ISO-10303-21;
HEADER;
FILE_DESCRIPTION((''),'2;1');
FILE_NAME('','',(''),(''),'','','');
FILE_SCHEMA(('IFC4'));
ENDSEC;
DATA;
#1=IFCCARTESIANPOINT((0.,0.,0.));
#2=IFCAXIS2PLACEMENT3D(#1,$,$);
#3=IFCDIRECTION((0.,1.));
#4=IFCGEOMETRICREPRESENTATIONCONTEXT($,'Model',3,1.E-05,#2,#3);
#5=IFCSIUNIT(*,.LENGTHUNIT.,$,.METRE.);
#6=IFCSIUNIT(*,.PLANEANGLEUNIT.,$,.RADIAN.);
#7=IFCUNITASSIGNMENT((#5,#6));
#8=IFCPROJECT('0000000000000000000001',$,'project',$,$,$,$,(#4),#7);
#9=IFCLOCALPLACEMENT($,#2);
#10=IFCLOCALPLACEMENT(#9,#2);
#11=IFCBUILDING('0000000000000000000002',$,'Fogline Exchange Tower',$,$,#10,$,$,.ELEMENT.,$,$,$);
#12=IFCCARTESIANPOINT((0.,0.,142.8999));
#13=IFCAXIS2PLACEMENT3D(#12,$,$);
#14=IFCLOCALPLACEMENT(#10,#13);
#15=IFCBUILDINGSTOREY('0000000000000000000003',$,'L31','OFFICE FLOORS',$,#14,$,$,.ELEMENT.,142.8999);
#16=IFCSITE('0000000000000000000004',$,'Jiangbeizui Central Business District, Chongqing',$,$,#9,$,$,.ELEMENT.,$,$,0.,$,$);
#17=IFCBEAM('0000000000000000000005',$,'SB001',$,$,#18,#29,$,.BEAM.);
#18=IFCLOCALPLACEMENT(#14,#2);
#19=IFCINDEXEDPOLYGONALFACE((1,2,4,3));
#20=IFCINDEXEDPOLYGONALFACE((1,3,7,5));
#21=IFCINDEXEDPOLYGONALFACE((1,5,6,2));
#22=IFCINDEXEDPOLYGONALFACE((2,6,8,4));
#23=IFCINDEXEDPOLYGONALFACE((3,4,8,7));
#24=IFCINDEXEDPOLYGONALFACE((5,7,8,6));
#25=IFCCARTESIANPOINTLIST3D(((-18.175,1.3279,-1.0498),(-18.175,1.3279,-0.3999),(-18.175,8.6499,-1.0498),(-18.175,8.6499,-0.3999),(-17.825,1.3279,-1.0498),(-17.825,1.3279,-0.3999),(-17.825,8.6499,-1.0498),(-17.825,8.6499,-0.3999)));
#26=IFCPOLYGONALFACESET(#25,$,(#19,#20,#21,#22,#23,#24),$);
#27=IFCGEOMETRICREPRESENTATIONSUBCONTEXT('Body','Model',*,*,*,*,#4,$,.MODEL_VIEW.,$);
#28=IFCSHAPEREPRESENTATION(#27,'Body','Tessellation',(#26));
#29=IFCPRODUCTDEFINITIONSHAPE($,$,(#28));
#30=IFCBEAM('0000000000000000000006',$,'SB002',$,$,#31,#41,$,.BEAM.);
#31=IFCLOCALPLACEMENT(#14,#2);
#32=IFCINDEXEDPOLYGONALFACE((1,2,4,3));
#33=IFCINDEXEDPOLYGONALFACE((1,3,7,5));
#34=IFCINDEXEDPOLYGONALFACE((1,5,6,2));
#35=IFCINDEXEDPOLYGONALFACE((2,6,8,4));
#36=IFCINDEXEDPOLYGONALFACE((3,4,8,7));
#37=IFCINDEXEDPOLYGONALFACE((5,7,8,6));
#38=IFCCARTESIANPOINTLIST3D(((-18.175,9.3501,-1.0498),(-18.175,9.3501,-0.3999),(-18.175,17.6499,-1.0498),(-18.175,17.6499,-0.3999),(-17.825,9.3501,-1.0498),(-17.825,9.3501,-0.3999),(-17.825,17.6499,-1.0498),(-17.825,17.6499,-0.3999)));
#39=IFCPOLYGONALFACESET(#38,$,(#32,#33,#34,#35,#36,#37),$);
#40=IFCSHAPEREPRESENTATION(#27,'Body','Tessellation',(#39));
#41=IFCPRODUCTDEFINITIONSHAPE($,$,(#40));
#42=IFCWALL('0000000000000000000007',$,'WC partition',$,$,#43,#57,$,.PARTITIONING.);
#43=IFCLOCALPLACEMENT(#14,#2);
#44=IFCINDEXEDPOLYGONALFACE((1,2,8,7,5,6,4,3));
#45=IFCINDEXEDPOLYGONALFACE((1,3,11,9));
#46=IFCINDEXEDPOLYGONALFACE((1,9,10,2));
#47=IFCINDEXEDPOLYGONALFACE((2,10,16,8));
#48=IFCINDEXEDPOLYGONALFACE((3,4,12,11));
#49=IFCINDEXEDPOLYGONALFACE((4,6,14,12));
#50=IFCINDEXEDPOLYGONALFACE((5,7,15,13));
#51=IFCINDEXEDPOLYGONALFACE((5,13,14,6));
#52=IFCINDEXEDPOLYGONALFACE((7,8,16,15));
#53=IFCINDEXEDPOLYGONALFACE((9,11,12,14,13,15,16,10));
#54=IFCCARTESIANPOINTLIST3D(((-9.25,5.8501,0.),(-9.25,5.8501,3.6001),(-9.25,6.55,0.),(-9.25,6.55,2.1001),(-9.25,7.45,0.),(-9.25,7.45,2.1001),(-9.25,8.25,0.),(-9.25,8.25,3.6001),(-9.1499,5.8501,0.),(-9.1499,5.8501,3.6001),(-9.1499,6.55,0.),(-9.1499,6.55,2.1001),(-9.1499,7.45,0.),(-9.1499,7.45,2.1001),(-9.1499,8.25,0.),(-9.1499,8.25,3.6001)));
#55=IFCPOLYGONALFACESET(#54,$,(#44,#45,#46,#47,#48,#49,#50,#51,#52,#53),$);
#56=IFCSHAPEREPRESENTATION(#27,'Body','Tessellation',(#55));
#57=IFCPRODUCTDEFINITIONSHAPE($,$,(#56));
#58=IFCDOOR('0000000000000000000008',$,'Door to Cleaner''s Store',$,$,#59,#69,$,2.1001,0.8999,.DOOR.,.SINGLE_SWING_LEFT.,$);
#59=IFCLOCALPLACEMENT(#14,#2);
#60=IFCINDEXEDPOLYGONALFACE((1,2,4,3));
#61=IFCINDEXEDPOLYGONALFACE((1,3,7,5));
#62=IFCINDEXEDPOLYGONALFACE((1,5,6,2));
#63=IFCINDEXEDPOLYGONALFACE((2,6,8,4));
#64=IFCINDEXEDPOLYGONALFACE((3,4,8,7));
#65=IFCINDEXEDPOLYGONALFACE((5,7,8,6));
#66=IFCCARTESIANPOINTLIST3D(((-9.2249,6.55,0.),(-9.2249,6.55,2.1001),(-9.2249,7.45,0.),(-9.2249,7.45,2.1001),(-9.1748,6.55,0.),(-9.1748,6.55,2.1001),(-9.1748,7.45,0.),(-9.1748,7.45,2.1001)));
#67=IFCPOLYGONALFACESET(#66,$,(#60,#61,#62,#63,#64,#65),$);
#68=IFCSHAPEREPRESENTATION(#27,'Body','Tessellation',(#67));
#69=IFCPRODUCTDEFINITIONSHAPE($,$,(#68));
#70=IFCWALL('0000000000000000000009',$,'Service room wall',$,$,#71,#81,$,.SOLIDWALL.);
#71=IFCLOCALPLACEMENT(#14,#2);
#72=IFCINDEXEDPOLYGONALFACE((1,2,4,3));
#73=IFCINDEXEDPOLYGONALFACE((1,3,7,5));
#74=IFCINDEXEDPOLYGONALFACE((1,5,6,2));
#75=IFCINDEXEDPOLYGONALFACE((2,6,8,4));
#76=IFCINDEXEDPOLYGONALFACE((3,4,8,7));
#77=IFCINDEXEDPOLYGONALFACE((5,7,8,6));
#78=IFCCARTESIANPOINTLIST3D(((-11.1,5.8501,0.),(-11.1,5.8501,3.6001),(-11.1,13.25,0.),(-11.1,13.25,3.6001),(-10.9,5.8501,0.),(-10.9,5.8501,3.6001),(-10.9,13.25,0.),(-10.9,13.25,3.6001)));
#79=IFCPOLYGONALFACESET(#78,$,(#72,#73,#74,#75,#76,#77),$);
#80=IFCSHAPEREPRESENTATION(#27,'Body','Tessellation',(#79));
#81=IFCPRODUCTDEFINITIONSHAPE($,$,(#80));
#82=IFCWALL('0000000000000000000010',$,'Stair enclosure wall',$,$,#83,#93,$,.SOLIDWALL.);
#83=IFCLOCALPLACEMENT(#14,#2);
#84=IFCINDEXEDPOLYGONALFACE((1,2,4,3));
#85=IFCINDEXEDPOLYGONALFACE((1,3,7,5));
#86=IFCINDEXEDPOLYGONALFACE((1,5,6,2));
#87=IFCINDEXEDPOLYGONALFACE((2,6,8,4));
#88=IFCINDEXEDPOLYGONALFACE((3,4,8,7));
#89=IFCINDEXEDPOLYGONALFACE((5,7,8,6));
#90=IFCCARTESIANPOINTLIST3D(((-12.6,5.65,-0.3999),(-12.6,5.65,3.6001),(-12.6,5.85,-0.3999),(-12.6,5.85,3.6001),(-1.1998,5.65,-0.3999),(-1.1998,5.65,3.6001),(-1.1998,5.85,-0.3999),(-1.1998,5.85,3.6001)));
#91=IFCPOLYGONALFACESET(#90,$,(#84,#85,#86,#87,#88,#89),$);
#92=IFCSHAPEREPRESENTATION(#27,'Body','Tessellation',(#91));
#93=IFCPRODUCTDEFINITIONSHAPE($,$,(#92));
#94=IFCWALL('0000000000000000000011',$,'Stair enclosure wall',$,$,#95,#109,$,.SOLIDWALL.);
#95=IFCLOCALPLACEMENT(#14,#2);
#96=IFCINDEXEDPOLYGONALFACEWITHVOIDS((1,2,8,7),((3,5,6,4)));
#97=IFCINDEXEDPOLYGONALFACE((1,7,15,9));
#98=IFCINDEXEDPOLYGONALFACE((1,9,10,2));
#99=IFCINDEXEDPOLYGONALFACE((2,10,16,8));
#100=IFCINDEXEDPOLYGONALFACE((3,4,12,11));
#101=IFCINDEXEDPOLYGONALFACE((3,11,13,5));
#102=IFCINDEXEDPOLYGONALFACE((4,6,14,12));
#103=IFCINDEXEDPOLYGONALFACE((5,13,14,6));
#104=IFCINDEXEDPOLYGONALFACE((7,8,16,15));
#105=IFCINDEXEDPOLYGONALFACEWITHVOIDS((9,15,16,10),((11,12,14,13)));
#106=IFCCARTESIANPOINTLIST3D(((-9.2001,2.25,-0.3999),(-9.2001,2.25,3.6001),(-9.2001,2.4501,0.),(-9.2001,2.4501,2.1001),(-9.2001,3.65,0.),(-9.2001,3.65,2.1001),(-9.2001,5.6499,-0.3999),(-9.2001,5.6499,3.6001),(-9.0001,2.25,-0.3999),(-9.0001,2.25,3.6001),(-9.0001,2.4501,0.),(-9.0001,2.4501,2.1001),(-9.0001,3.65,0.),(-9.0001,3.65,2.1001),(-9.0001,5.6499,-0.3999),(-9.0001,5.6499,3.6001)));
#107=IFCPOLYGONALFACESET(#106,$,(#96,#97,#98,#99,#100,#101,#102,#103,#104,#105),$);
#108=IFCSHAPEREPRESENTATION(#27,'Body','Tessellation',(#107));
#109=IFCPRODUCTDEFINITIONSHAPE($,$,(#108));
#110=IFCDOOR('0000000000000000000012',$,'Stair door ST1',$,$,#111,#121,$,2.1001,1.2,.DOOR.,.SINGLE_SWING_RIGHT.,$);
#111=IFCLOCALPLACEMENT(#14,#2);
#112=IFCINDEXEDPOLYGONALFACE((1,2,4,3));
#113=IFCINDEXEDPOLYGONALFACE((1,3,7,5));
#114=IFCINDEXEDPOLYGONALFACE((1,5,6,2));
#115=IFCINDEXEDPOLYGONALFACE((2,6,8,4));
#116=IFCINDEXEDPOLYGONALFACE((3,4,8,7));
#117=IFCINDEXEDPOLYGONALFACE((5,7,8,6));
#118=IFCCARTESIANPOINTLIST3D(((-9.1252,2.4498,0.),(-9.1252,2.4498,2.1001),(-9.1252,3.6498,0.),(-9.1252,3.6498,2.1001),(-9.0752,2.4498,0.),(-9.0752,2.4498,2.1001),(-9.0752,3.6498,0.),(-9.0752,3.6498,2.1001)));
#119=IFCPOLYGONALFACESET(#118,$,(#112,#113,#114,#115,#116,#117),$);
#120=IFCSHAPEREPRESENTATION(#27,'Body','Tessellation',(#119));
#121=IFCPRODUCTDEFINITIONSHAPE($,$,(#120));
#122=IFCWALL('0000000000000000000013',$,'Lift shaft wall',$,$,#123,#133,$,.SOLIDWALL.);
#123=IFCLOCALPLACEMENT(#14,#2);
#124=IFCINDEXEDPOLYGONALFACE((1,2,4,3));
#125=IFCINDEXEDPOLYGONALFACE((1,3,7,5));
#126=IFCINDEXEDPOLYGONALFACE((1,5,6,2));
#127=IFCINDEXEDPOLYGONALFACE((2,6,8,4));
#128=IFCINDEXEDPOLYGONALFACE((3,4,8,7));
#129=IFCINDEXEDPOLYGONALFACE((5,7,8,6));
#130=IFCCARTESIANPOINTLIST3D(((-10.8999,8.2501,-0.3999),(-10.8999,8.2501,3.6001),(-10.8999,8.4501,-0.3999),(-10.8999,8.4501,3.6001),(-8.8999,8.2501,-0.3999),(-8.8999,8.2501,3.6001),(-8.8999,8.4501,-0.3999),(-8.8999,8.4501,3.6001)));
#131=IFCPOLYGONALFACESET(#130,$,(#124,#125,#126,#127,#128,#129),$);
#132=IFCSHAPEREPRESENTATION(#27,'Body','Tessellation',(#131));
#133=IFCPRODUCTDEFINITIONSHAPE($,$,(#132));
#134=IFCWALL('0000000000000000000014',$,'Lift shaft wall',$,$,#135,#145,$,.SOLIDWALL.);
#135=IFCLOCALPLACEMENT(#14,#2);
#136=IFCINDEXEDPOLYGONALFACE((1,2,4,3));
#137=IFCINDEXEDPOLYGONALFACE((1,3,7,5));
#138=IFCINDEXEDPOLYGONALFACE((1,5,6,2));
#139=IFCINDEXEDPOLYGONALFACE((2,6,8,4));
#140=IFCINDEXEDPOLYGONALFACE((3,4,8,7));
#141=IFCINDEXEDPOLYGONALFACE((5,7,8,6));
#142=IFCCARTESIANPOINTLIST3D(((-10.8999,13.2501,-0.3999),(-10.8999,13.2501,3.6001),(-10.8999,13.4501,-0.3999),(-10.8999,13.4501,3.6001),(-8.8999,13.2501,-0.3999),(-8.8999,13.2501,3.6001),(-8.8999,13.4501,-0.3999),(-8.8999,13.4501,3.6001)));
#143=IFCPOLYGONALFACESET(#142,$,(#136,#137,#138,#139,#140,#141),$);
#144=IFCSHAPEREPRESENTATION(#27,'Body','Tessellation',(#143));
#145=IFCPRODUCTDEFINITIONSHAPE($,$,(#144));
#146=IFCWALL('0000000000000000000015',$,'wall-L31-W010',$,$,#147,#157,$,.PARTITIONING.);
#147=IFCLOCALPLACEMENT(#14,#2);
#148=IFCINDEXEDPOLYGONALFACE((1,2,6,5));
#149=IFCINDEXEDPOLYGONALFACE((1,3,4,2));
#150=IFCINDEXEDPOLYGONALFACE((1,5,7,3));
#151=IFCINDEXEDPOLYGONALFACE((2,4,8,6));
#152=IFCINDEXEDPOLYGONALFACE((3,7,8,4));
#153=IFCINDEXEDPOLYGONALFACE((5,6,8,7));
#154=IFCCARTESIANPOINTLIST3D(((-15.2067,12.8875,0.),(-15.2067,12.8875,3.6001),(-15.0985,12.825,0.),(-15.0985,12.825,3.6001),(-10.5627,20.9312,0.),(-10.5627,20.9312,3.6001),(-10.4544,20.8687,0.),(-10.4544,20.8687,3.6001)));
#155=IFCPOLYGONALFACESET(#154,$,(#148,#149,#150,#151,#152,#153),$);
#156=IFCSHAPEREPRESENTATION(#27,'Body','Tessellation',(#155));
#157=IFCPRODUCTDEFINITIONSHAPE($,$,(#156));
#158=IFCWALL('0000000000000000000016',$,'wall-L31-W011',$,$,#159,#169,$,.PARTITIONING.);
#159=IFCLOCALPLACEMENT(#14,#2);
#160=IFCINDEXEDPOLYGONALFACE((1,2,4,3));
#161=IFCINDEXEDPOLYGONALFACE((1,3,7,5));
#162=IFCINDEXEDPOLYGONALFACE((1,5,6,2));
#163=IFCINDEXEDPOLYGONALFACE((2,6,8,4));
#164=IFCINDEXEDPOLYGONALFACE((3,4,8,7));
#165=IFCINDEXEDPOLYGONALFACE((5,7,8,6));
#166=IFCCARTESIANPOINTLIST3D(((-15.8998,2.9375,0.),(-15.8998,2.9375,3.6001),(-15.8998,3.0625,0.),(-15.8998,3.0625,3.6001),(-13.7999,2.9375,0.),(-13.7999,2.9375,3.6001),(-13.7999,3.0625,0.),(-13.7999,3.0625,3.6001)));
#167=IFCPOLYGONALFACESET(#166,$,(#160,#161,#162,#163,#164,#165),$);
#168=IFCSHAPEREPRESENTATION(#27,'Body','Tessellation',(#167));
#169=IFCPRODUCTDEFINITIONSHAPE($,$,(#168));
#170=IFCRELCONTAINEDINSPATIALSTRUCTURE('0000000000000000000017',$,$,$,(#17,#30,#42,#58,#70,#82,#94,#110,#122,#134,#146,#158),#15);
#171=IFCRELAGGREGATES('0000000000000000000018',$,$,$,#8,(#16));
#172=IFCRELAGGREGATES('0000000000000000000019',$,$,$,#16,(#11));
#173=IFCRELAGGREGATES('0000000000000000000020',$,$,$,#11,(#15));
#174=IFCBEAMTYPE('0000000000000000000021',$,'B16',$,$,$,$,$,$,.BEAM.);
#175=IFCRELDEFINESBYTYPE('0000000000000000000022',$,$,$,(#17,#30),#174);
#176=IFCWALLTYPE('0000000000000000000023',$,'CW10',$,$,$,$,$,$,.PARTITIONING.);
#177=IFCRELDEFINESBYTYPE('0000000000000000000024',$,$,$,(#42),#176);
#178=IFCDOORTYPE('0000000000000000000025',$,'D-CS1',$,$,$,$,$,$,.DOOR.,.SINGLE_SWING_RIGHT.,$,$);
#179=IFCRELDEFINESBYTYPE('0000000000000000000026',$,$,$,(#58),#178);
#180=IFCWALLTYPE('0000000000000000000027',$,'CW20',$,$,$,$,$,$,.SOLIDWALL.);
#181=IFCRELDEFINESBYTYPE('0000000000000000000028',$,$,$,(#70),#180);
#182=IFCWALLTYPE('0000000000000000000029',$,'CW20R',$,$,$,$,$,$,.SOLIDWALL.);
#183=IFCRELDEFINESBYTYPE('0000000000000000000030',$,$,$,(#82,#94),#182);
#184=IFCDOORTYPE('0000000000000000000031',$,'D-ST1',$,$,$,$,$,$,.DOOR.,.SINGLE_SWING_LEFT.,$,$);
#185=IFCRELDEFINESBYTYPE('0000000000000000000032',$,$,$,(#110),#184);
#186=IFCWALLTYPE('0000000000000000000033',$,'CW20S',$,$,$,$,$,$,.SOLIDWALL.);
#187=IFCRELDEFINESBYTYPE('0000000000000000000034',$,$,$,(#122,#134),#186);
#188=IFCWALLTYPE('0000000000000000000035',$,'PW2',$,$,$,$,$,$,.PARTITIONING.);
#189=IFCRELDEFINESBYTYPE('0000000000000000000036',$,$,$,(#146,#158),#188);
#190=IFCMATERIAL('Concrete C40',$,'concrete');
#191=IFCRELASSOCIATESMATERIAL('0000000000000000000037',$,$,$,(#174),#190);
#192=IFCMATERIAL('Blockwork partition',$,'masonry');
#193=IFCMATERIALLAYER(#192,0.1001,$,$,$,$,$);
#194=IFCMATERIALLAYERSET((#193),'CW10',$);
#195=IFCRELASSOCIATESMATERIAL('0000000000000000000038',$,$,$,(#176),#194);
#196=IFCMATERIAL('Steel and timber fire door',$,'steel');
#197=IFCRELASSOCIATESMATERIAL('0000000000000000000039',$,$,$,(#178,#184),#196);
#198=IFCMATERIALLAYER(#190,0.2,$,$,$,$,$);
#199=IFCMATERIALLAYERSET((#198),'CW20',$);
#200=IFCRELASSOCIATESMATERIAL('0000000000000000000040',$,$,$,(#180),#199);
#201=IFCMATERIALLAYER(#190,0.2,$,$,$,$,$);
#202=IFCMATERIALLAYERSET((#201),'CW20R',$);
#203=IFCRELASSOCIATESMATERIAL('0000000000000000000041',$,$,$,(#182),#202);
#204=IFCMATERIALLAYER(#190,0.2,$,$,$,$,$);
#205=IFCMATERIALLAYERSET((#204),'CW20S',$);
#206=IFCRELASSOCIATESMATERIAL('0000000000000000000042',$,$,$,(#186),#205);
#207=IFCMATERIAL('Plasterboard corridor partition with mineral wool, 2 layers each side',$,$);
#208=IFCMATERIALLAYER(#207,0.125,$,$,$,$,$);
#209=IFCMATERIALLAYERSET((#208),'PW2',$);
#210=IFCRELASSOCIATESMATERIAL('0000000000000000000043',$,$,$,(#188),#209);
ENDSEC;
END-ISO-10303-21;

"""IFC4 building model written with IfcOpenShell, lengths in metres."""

from ifc_helpers import new_model, si_unit, direction, frame, frame_2d, origin, origin_2d, place, context, subcontext, project, spatial, rectangle, extrude, material, layer, layer_set, material_profile, profile_set, type_object, element, fill, save


model = new_model("IFC4")

# Units and contexts
model_context = context("Model", 3, precision=1e-05, world=origin(), true_north=direction((0.0, 1.0)))
body_context = subcontext(model_context, "Body", "Model", "MODEL_VIEW")
ifc_project = project(units=[si_unit("LENGTHUNIT", "METRE"), si_unit("PLANEANGLEUNIT", "RADIAN")], contexts=[model_context])

# Site, building, storey
site_placement = place(None, origin())
site = spatial("IfcSite", under=ifc_project, at=site_placement, Name="Jiangbeizui Central Business District, Chongqing", CompositionType="ELEMENT", RefElevation=0.0)
building_placement = place(site_placement, origin())
building = spatial("IfcBuilding", under=site, at=building_placement, Name="Fogline Exchange Tower", CompositionType="ELEMENT")
storey_placement = place(building_placement, frame((0.0, 0.0, 142.8999)))
storey = spatial("IfcBuildingStorey", under=building, at=storey_placement, Name="L31", Description="OFFICE FLOORS", CompositionType="ELEMENT", Elevation=142.8999)

# Beams
ifc_material_1 = material(Name="Concrete C40", Category="concrete")
ifc_material_profile = material_profile(ifc_material_1, rectangle(XDim=0.3501, YDim=0.6499, at=origin_2d()), Name="RC 350x650")
ifc_profile_set = profile_set([ifc_material_profile], Name="Concrete C40")
beam_type = type_object("IfcBeamType", Name="B16", PredefinedType="BEAM", material=ifc_profile_set)
beam_1_placement = place(storey_placement, frame((-18.0, 1.3279, -0.7249), z_axis=(0.0, 1.0, 0.0), x_axis=(-1.0, 0.0, 0.0)))
element("IfcBeam", 1, at=beam_1_placement, inside=storey, type_object=beam_type, Name="SB001", PredefinedType="BEAM", context=body_context, shape_type="SweptSolid", body=[
    extrude(rectangle(XDim=0.3501, YDim=0.6499, at=origin_2d()), origin(), (0.0, 0.0, 1.0), 7.322),
])
beam_2_placement = place(storey_placement, frame((-18.0, 9.3501, -0.7249), z_axis=(0.0, 1.0, 0.0), x_axis=(-1.0, 0.0, 0.0)))
element("IfcBeam", 2, at=beam_2_placement, inside=storey, type_object=beam_type, Name="SB002", PredefinedType="BEAM", context=body_context, shape_type="SweptSolid", body=[
    extrude(rectangle(XDim=0.3501, YDim=0.6499, at=origin_2d()), origin(), (0.0, 0.0, 1.0), 8.2998),
])

# Wall, opening, door
ifc_material_2 = material(Name="Blockwork partition", Category="masonry")
ifc_layer_1 = layer(ifc_material_2, 0.1001)
ifc_layer_set_1 = layer_set([ifc_layer_1], Name="CW10")
wall_type_1 = type_object("IfcWallType", Name="CW10", PredefinedType="PARTITIONING", material=ifc_layer_set_1)
wall_1_placement = place(storey_placement, frame((-9.2, 5.8501, 0.0), z_axis=(0.0, 0.0, 1.0), x_axis=(0.0, 1.0, 0.0)))
wall_1 = element("IfcWall", 3, at=wall_1_placement, inside=storey, type_object=wall_type_1, Name="WC partition", PredefinedType="PARTITIONING", context=body_context, shape_type="SweptSolid", body=[
    extrude(rectangle(XDim=2.3999, YDim=0.1001, at=frame_2d((1.2, 0.0))), origin(), (0.0, 0.0, 1.0), 3.6001),
])
opening_1_placement = place(wall_1_placement, frame((0.7, 0.0, 0.0)))
opening_1 = element("IfcOpeningElement", 4, at=opening_1_placement, cuts=wall_1, PredefinedType="OPENING", context=body_context, shape_type="SweptSolid", body=[
    extrude(rectangle(XDim=0.8999, YDim=2.1001, at=frame_2d((0.45, 1.05))), frame((0.0, 0.0601, 0.0), z_axis=(0.0, -1.0, 0.0), x_axis=(1.0, 0.0, 0.0)), (0.0, 0.0, 1.0), 0.1201),
])
ifc_material_3 = material(Name="Steel and timber fire door", Category="steel")
door_type_1 = type_object("IfcDoorType", Name="D-CS1", OperationType="SINGLE_SWING_RIGHT", PredefinedType="DOOR", material=ifc_material_3)
door_1_placement = place(opening_1_placement, origin())
door_1 = element("IfcDoor", 5, at=door_1_placement, inside=storey, type_object=door_type_1, Name="Door to Cleaner's Store", OperationType="SINGLE_SWING_LEFT", OverallHeight=2.1001, OverallWidth=0.8999, PredefinedType="DOOR", context=body_context, shape_type="SweptSolid", body=[
    extrude(rectangle(XDim=0.8999, YDim=2.1001, at=frame_2d((0.45, 1.05))), frame((0.0, 0.0249, 0.0), z_axis=(0.0, -1.0, 0.0), x_axis=(1.0, 0.0, 0.0)), (0.0, 0.0, 1.0), 0.05),
])
fill(opening_1, door_1)

# Walls
ifc_layer_2 = layer(ifc_material_1, 0.2)
ifc_layer_set_2 = layer_set([ifc_layer_2], Name="CW20")
wall_type_2 = type_object("IfcWallType", Name="CW20", PredefinedType="SOLIDWALL", material=ifc_layer_set_2)
wall_2_placement = place(storey_placement, frame((-11.0, 5.8501, 0.0), z_axis=(0.0, 0.0, 1.0), x_axis=(0.0, 1.0, 0.0)))
element("IfcWall", 6, at=wall_2_placement, inside=storey, type_object=wall_type_2, Name="Service room wall", PredefinedType="SOLIDWALL", context=body_context, shape_type="SweptSolid", body=[
    extrude(rectangle(XDim=7.3999, YDim=0.2, at=frame_2d((3.7, 0.0))), origin(), (0.0, 0.0, 1.0), 3.6001),
])
ifc_layer_3 = layer(ifc_material_1, 0.2)
ifc_layer_set_3 = layer_set([ifc_layer_3], Name="CW20R")
wall_type_3 = type_object("IfcWallType", Name="CW20R", PredefinedType="SOLIDWALL", material=ifc_layer_set_3)
wall_3_placement = place(storey_placement, frame((-12.6001, 5.75, -0.3999), z_axis=(0.0, 0.0, 1.0), x_axis=(1.0, 0.0, 0.0)))
element("IfcWall", 7, at=wall_3_placement, inside=storey, type_object=wall_type_3, Name="Stair enclosure wall", PredefinedType="SOLIDWALL", context=body_context, shape_type="SweptSolid", body=[
    extrude(rectangle(XDim=11.4001, YDim=0.2, at=frame_2d((5.7002, 0.0))), origin(), (0.0, 0.0, 1.0), 4.0),
])

# Wall, opening, door
wall_4_placement = place(storey_placement, frame((-9.1001, 2.25, -0.3999), z_axis=(0.0, 0.0, 1.0), x_axis=(0.0, 1.0, 0.0)))
wall_4 = element("IfcWall", 8, at=wall_4_placement, inside=storey, type_object=wall_type_3, Name="Stair enclosure wall", PredefinedType="SOLIDWALL", context=body_context, shape_type="SweptSolid", body=[
    extrude(rectangle(XDim=3.3999, YDim=0.2, at=frame_2d((1.7, 0.0))), origin(), (0.0, 0.0, 1.0), 4.0),
])
opening_2_placement = place(wall_4_placement, frame((0.2, 0.0, 0.3999)))
opening_2 = element("IfcOpeningElement", 9, at=opening_2_placement, cuts=wall_4, PredefinedType="OPENING", context=body_context, shape_type="SweptSolid", body=[
    extrude(rectangle(XDim=1.2, YDim=2.1001, at=frame_2d((0.6001, 1.05))), frame((0.0, 0.1099, 0.0), z_axis=(0.0, -1.0, 0.0), x_axis=(1.0, 0.0, 0.0)), (0.0, 0.0, 1.0), 0.22),
])
door_type_2 = type_object("IfcDoorType", Name="D-ST1", OperationType="SINGLE_SWING_LEFT", PredefinedType="DOOR", material=ifc_material_3)
door_2_placement = place(opening_2_placement, frame((1.2, 0.0, 0.0), z_axis=(0.0, 0.0, 1.0), x_axis=(-1.0, 0.0, 0.0)))
door_2 = element("IfcDoor", 10, at=door_2_placement, inside=storey, type_object=door_type_2, Name="Stair door ST1", OperationType="SINGLE_SWING_RIGHT", OverallHeight=2.1001, OverallWidth=1.2, PredefinedType="DOOR", context=body_context, shape_type="SweptSolid", body=[
    extrude(rectangle(XDim=1.2, YDim=2.1001, at=frame_2d((0.6001, 1.05))), frame((0.0, 0.0249, 0.0), z_axis=(0.0, -1.0, 0.0), x_axis=(1.0, 0.0, 0.0)), (0.0, 0.0, 1.0), 0.05),
])
fill(opening_2, door_2)

# Walls
ifc_layer_4 = layer(ifc_material_1, 0.2)
ifc_layer_set_4 = layer_set([ifc_layer_4], Name="CW20S")
wall_type_4 = type_object("IfcWallType", Name="CW20S", PredefinedType="SOLIDWALL", material=ifc_layer_set_4)
for number, where, z_axis, x_axis, name in (
    (11, (-10.8999, 8.3501, -0.3999), (0.0, 0.0, 1.0), (1.0, 0.0, 0.0), "Lift shaft wall"),
    (12, (-10.8999, 13.3501, -0.3999), (0.0, 0.0, 1.0), (1.0, 0.0, 0.0), "Lift shaft wall"),
):
    element("IfcWall", number, at=place(storey_placement, frame(where, z_axis=z_axis, x_axis=x_axis)), inside=storey, type_object=wall_type_4, Name=name, PredefinedType="SOLIDWALL", context=body_context, shape_type="SweptSolid", body=[
        extrude(rectangle(XDim=2.0, YDim=0.2, at=frame_2d((1.0, 0.0))), origin(), (0.0, 0.0, 1.0), 4.0),
    ])
ifc_material_4 = material(Name="Plasterboard corridor partition with mineral wool, 2 layers each side")
ifc_layer_5 = layer(ifc_material_4, 0.125)
ifc_layer_set_5 = layer_set([ifc_layer_5], Name="PW2")
wall_type_5 = type_object("IfcWallType", Name="PW2", PredefinedType="PARTITIONING", material=ifc_layer_set_5)
wall_5_placement = place(storey_placement, frame((-15.1526, 12.8562, 0.0), z_axis=(0.0, 0.0, 1.0), x_axis=(0.500001, 0.866025, 0.0)))
element("IfcWall", 13, at=wall_5_placement, inside=storey, type_object=wall_type_5, Name="wall-L31-W010", PredefinedType="PARTITIONING", context=body_context, shape_type="SweptSolid", body=[
    extrude(rectangle(XDim=9.2881, YDim=0.125, at=frame_2d((4.644, 0.0))), origin(), (0.0, 0.0, 1.0), 3.6001),
])
wall_6_placement = place(storey_placement, frame((-13.8, 3.0, 0.0), z_axis=(0.0, 0.0, 1.0), x_axis=(-1.0, 0.0, 0.0)))
element("IfcWall", 14, at=wall_6_placement, inside=storey, type_object=wall_type_5, Name="wall-L31-W011", PredefinedType="PARTITIONING", context=body_context, shape_type="SweptSolid", body=[
    extrude(rectangle(XDim=2.0999, YDim=0.125, at=frame_2d((1.0498, 0.0))), origin(), (0.0, 0.0, 1.0), 3.6001),
])

save(model, "model.ifc")
